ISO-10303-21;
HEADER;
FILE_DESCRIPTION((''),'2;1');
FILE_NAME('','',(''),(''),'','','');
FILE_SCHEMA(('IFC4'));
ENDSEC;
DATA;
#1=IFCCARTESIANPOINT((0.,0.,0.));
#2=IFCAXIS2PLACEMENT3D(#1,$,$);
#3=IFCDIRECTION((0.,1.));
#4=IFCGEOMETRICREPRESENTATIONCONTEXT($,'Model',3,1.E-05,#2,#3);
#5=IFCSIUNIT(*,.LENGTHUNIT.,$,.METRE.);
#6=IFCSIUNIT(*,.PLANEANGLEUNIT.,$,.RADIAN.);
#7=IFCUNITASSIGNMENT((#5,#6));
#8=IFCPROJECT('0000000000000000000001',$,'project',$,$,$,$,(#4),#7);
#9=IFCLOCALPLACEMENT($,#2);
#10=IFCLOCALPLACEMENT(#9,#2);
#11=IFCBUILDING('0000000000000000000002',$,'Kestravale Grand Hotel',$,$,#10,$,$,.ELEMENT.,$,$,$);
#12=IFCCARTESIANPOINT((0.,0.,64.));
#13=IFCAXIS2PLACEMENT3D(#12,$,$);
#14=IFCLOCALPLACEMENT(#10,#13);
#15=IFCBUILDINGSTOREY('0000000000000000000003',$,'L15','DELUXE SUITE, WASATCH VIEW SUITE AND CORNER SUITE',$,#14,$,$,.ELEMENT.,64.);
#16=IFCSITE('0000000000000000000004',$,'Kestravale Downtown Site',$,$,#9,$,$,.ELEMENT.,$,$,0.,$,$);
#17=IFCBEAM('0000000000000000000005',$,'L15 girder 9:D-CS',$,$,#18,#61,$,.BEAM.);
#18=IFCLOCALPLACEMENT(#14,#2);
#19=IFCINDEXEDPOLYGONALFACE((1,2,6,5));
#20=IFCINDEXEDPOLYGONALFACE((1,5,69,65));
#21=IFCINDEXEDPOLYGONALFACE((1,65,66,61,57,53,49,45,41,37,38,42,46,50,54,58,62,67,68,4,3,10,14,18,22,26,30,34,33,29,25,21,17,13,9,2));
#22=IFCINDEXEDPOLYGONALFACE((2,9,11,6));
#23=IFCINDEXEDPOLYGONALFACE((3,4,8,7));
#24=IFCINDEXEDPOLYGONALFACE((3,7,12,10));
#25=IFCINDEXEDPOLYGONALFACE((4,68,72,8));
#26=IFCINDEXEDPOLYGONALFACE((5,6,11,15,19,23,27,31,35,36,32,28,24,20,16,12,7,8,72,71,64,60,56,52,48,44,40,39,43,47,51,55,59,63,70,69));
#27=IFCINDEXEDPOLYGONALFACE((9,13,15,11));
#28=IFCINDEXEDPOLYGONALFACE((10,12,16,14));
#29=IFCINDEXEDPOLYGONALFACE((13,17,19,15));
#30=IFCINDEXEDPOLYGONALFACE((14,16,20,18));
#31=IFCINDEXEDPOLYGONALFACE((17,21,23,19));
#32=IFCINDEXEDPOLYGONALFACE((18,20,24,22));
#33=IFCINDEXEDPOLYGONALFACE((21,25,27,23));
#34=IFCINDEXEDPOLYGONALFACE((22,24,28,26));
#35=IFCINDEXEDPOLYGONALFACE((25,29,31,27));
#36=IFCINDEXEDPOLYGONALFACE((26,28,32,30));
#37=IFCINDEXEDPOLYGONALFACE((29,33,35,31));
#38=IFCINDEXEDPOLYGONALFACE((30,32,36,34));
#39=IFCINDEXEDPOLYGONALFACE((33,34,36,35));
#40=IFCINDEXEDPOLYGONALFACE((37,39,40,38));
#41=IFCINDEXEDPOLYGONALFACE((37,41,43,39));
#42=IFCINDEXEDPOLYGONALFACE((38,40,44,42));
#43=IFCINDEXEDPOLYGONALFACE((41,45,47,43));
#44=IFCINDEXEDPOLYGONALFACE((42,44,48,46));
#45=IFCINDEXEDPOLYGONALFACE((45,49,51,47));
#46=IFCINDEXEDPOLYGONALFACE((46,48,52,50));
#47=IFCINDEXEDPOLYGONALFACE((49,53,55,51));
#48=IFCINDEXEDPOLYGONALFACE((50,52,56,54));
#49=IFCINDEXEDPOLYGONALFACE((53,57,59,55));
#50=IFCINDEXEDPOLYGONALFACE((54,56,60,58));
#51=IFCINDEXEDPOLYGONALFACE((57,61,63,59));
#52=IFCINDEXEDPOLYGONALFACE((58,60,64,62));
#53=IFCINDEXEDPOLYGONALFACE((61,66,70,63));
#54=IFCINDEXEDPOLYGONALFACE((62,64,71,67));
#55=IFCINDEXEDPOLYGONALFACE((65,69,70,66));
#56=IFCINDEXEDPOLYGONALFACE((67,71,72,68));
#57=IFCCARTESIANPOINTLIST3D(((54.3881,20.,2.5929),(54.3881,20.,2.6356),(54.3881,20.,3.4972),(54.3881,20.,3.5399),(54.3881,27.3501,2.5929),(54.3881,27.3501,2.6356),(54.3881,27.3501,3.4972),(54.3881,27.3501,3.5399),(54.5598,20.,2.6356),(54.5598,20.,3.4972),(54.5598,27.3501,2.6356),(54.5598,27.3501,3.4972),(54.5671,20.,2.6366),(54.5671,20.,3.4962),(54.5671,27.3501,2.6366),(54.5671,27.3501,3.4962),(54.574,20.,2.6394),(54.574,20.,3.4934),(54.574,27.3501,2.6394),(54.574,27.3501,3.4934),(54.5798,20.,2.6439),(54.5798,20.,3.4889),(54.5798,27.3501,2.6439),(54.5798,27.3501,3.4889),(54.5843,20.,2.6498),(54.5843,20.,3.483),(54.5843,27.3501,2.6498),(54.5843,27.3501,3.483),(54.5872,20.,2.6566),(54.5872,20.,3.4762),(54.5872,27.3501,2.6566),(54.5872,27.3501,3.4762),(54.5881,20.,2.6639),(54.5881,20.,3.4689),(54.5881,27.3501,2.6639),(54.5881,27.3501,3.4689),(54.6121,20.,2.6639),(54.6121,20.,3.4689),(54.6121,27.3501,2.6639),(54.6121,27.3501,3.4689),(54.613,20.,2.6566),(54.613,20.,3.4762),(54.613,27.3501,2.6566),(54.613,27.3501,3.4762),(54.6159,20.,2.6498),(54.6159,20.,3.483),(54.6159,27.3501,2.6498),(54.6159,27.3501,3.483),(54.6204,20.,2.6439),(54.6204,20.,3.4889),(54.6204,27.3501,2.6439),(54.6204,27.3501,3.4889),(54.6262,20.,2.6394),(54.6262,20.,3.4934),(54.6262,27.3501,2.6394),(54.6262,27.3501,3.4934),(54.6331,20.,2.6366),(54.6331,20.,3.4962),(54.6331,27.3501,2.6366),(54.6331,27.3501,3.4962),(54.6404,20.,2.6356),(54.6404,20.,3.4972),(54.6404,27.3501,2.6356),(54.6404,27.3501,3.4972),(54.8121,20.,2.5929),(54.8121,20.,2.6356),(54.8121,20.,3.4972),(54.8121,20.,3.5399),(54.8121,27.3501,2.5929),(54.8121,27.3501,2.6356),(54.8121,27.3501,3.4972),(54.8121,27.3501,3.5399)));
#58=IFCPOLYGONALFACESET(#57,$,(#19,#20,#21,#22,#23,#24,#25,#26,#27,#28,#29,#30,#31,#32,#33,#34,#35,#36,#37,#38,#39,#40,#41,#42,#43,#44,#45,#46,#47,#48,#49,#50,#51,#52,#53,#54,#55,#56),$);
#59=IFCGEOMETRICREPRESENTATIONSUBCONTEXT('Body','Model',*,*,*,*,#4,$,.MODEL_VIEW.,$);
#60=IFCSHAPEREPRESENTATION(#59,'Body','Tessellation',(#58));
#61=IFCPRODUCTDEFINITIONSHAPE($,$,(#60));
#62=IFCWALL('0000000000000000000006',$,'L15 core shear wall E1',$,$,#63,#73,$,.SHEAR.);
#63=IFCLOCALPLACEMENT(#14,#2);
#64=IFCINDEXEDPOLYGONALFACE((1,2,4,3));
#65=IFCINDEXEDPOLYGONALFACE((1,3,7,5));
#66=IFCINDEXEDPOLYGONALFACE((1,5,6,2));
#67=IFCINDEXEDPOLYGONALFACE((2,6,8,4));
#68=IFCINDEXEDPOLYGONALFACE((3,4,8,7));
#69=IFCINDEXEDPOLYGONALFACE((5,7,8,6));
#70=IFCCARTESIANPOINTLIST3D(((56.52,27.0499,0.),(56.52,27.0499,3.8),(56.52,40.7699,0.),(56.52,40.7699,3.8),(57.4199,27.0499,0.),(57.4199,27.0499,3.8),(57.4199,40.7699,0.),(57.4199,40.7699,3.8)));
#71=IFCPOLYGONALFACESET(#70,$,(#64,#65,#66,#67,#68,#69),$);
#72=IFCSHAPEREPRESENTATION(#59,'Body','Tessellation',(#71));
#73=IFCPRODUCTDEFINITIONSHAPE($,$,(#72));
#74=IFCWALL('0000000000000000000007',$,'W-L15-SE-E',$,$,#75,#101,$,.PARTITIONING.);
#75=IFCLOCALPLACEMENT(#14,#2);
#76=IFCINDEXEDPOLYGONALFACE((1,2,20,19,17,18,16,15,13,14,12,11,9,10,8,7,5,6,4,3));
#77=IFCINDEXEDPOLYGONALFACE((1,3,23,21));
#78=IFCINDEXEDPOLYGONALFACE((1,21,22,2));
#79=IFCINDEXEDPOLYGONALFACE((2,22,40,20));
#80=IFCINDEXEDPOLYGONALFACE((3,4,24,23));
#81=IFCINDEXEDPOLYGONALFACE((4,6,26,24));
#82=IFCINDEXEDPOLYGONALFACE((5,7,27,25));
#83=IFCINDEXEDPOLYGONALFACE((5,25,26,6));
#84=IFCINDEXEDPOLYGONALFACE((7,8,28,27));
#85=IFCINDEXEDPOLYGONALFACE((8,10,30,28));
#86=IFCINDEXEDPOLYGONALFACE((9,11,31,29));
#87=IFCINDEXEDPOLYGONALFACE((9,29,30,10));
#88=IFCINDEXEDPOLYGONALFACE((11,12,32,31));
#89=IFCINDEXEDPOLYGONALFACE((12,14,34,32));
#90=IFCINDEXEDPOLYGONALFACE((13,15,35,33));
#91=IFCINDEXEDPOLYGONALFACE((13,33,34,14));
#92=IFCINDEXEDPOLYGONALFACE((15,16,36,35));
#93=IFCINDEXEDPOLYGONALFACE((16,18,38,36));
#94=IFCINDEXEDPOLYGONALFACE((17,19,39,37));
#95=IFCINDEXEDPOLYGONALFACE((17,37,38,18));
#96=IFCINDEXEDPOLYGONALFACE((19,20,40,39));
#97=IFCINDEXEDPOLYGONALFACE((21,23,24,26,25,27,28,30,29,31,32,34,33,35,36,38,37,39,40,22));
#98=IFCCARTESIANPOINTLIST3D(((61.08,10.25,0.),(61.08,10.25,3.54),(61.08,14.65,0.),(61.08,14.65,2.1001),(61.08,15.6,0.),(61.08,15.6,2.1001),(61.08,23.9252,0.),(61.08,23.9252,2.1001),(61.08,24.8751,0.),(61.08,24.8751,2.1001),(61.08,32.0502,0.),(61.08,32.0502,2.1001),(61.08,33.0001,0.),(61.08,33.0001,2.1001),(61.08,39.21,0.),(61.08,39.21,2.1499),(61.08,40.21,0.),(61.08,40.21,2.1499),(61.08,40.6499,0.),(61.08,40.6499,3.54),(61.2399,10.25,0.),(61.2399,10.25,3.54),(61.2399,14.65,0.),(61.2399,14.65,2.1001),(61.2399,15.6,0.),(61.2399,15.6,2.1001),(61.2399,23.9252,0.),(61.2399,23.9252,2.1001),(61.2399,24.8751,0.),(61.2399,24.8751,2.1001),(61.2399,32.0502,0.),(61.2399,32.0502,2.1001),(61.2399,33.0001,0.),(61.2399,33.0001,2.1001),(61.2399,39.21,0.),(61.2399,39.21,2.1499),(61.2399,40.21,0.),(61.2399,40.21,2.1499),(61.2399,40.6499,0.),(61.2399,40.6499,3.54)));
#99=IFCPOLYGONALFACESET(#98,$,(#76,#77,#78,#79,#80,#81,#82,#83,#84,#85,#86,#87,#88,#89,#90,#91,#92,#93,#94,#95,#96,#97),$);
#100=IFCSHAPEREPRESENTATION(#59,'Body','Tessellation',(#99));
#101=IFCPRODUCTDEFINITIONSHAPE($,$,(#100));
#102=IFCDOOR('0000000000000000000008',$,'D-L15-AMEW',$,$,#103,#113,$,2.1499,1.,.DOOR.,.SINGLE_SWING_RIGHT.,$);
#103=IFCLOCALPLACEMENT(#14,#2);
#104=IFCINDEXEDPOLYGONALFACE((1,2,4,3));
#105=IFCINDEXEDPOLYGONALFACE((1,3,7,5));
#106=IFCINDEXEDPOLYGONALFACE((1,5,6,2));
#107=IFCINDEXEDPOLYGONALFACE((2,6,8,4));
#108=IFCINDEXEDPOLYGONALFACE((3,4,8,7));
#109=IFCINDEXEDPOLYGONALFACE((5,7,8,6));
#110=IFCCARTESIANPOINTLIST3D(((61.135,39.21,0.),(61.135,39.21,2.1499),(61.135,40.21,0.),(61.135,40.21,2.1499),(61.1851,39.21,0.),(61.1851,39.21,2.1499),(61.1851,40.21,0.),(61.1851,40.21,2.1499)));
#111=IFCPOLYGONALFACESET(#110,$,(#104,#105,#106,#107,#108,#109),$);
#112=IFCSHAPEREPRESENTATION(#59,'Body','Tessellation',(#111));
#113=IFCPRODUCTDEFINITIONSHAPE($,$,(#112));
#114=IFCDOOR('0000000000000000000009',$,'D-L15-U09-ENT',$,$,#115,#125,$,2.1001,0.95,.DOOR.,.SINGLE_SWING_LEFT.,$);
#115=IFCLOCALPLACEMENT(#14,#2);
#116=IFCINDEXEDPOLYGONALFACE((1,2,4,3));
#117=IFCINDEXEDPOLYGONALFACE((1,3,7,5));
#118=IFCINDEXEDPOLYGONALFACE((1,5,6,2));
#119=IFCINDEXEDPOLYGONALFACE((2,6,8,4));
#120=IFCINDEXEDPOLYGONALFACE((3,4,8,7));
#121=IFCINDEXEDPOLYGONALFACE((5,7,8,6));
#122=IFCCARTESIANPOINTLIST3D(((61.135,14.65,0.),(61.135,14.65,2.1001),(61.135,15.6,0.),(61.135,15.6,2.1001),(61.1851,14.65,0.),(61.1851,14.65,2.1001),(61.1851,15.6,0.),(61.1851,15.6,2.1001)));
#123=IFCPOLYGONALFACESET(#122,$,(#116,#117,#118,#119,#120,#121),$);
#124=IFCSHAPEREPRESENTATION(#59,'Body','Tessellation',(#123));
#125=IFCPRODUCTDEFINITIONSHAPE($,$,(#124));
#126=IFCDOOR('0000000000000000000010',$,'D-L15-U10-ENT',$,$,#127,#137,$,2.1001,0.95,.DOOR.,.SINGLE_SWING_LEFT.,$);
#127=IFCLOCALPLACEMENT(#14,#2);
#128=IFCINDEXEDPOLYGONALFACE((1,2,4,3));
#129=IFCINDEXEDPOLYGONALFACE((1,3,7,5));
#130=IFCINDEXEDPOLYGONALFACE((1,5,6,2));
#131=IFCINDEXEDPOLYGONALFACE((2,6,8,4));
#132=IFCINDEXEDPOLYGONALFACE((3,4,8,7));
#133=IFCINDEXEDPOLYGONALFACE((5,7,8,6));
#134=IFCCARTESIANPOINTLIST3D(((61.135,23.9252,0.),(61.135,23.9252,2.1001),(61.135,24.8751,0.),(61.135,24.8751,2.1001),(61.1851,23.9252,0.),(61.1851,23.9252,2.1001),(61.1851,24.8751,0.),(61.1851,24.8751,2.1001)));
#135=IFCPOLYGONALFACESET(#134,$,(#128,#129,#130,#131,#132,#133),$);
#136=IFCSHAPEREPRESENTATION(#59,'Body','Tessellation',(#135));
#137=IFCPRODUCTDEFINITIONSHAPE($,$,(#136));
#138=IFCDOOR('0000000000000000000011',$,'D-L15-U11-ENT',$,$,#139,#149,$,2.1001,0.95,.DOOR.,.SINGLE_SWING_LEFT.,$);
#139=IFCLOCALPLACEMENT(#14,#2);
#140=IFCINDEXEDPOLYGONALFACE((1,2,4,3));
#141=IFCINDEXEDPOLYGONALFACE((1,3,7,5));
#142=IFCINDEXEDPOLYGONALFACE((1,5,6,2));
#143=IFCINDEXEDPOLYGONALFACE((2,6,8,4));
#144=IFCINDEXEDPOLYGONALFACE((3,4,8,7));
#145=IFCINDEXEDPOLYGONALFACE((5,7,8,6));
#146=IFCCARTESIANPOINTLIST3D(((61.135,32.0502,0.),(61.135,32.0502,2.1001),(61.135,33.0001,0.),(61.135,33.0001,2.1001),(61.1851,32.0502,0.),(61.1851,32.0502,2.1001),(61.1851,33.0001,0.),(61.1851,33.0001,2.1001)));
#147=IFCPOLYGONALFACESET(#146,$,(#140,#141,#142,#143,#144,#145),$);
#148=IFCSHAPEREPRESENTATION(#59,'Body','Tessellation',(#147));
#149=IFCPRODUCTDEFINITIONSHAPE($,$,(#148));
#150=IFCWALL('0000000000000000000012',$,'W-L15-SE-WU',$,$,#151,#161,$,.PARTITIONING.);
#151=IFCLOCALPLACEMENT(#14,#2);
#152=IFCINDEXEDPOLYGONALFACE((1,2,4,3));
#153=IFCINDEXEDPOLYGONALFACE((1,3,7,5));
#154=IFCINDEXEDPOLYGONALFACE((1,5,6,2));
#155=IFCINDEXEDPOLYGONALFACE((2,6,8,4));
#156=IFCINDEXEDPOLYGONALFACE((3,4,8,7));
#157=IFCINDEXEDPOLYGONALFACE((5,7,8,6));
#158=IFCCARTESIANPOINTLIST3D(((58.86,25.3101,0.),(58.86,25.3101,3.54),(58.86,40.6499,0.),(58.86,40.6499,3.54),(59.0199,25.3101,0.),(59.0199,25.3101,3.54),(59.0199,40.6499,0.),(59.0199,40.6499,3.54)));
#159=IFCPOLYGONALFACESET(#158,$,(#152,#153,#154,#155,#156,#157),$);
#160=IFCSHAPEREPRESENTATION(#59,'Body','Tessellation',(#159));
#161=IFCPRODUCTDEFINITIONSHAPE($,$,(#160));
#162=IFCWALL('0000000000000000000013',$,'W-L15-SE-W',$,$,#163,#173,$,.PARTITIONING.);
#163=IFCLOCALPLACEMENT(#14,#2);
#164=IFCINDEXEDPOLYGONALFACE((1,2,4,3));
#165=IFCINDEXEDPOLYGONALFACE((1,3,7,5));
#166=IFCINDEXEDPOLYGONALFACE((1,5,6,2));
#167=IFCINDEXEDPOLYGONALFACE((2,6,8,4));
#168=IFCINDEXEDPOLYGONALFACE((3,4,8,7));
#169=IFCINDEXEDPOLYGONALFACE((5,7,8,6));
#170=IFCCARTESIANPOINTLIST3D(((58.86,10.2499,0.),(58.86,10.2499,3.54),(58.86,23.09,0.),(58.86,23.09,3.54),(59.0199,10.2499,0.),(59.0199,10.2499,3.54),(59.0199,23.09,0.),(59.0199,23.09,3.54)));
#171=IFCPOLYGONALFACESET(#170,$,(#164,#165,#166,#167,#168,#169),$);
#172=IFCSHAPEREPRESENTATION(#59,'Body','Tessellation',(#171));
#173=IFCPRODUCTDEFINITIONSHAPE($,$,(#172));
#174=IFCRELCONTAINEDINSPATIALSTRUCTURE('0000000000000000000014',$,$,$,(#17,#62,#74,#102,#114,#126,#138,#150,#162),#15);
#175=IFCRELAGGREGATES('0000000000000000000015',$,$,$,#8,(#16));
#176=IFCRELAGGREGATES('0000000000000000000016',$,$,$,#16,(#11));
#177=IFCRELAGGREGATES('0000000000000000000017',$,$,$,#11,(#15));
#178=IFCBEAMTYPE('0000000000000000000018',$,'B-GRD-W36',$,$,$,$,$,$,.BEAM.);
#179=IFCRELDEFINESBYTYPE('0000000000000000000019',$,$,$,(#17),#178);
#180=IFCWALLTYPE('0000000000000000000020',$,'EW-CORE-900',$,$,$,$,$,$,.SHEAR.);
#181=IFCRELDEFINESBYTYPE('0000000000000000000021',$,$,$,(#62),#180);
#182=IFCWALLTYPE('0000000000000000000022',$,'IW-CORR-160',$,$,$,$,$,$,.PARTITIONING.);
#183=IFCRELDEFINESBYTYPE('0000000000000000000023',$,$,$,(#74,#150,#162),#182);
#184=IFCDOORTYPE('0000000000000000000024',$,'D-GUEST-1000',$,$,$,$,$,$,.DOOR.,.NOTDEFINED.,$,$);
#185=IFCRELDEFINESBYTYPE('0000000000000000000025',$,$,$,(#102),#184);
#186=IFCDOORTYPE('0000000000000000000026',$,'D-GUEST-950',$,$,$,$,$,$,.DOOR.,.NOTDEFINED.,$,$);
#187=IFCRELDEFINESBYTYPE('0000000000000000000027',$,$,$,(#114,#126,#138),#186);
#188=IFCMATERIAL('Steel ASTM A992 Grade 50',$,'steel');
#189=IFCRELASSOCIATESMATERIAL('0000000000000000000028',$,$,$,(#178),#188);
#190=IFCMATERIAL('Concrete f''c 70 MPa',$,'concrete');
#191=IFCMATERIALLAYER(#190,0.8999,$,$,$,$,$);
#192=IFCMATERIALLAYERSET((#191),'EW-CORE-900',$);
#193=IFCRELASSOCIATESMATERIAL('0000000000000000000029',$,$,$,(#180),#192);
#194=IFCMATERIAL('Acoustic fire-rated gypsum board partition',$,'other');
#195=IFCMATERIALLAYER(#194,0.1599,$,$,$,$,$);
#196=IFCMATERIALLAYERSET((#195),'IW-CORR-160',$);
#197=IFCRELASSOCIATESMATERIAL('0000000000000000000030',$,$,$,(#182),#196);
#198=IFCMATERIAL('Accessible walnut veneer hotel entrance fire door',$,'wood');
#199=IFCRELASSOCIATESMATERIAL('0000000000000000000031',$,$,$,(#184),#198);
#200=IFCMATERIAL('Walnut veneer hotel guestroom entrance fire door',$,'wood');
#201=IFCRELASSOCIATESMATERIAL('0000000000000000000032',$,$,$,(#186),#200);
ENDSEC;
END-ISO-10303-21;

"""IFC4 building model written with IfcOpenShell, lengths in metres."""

from ifc_helpers import new_model, si_unit, direction, frame, frame_2d, origin, origin_2d, place, context, subcontext, project, spatial, rectangle, i_section, extrude, material, layer, layer_set, material_profile, profile_set, type_object, element, fill, save


model = new_model("IFC4")

# Units and contexts
model_context = context("Model", 3, precision=1e-05, world=origin(), true_north=direction((0.0, 1.0)))
body_context = subcontext(model_context, "Body", "Model", "MODEL_VIEW")
ifc_project = project(units=[si_unit("LENGTHUNIT", "METRE"), si_unit("PLANEANGLEUNIT", "RADIAN")], contexts=[model_context])

# Site, building, storey
site_placement = place(None, origin())
site = spatial("IfcSite", under=ifc_project, at=site_placement, Name="Kestravale Downtown Site", CompositionType="ELEMENT", RefElevation=0.0)
building_placement = place(site_placement, origin())
building = spatial("IfcBuilding", under=site, at=building_placement, Name="Kestravale Grand Hotel", CompositionType="ELEMENT")
storey_placement = place(building_placement, frame((0.0, 0.0, 64.0)))
storey = spatial("IfcBuildingStorey", under=building, at=storey_placement, Name="L15", Description="DELUXE SUITE, WASATCH VIEW SUITE AND CORNER SUITE", CompositionType="ELEMENT", Elevation=64.0)

# Beam
ifc_material_1 = material(Name="Steel ASTM A992 Grade 50", Category="steel")
ifc_material_profile_1 = material_profile(ifc_material_1, i_section(OverallWidth=0.4241, OverallDepth=0.947, WebThickness=0.0239, FlangeThickness=0.0427, FilletRadius=0.0283, at=origin_2d()))
ifc_profile_set_1 = profile_set([ifc_material_profile_1], Name="Steel ASTM A992 Grade 50")
beam_type_1 = type_object("IfcBeamType", Name="B-GRD-W36", PredefinedType="BEAM", material=ifc_profile_set_1)
beam_1_placement = place(storey_placement, frame((54.6001, 20.0, 3.0664), z_axis=(0.0, 1.0, 0.0), x_axis=(-1.0, 0.0, 0.0)))
element("IfcBeam", 1, at=beam_1_placement, inside=storey, type_object=beam_type_1, Name="L15 girder 9:D-CS", PredefinedType="BEAM", context=body_context, shape_type="SweptSolid", body=[
    extrude(i_section(OverallWidth=0.4241, OverallDepth=0.947, WebThickness=0.0239, FlangeThickness=0.0427, FilletRadius=0.0283, at=origin_2d()), origin(), (0.0, 0.0, 1.0), 7.3501),
])

# Wall
ifc_material_2 = material(Name="Concrete f'c 70 MPa", Category="concrete")
ifc_layer_1 = layer(ifc_material_2, 0.8999)
ifc_layer_set_1 = layer_set([ifc_layer_1], Name="EW-CORE-900")
wall_type_1 = type_object("IfcWallType", Name="EW-CORE-900", PredefinedType="SHEAR", material=ifc_layer_set_1)
wall_1_placement = place(storey_placement, frame((56.97, 27.05, 0.0), z_axis=(0.0, 0.0, 1.0), x_axis=(0.0, 1.0, 0.0)))
element("IfcWall", 2, at=wall_1_placement, inside=storey, type_object=wall_type_1, Name="L15 core shear wall E1", PredefinedType="SHEAR", context=body_context, shape_type="SweptSolid", body=[
    extrude(rectangle(XDim=13.72, YDim=0.8999, at=frame_2d((6.8599, 0.0))), origin(), (0.0, 0.0, 1.0), 3.8),
])

# Wall, openings, doors
ifc_material_3 = material(Name="Acoustic fire-rated gypsum board partition", Category="other")
ifc_layer_2 = layer(ifc_material_3, 0.1599)
ifc_layer_set_2 = layer_set([ifc_layer_2], Name="IW-CORR-160")
wall_type_2 = type_object("IfcWallType", Name="IW-CORR-160", PredefinedType="PARTITIONING", material=ifc_layer_set_2)
wall_2_placement = place(storey_placement, frame((61.1599, 10.25, 0.0), z_axis=(0.0, 0.0, 1.0), x_axis=(0.0, 1.0, 0.0)))
wall_2 = element("IfcWall", 3, at=wall_2_placement, inside=storey, type_object=wall_type_2, Name="W-L15-SE-E", PredefinedType="PARTITIONING", context=body_context, shape_type="SweptSolid", body=[
    extrude(rectangle(XDim=30.3999, YDim=0.1599, at=frame_2d((15.2, 0.0))), origin(), (0.0, 0.0, 1.0), 3.54),
])
opening_1_placement = place(wall_2_placement, frame((4.3999, 0.0, 0.0)))
opening_1 = element("IfcOpeningElement", 4, at=opening_1_placement, cuts=wall_2, PredefinedType="OPENING", context=body_context, shape_type="SweptSolid", body=[
    extrude(rectangle(XDim=0.95, YDim=2.1001, at=frame_2d((0.4751, 1.05))), frame((0.0, 0.0898, 0.0), z_axis=(0.0, -1.0, 0.0), x_axis=(1.0, 0.0, 0.0)), (0.0, 0.0, 1.0), 0.1799),
])
opening_2_placement = place(wall_2_placement, frame((13.675, 0.0, 0.0)))
opening_2 = element("IfcOpeningElement", 5, at=opening_2_placement, cuts=wall_2, PredefinedType="OPENING", context=body_context, shape_type="SweptSolid", body=[
    extrude(rectangle(XDim=0.95, YDim=2.1001, at=frame_2d((0.4751, 1.05))), frame((0.0, 0.0898, 0.0), z_axis=(0.0, -1.0, 0.0), x_axis=(1.0, 0.0, 0.0)), (0.0, 0.0, 1.0), 0.1799),
])
opening_3_placement = place(wall_2_placement, frame((21.8, 0.0, 0.0)))
opening_3 = element("IfcOpeningElement", 6, at=opening_3_placement, cuts=wall_2, PredefinedType="OPENING", context=body_context, shape_type="SweptSolid", body=[
    extrude(rectangle(XDim=0.95, YDim=2.1001, at=frame_2d((0.4751, 1.05))), frame((0.0, 0.0898, 0.0), z_axis=(0.0, -1.0, 0.0), x_axis=(1.0, 0.0, 0.0)), (0.0, 0.0, 1.0), 0.1799),
])
opening_4_placement = place(wall_2_placement, frame((28.96, 0.0, 0.0)))
opening_4 = element("IfcOpeningElement", 7, at=opening_4_placement, cuts=wall_2, PredefinedType="OPENING", context=body_context, shape_type="SweptSolid", body=[
    extrude(rectangle(XDim=1.0, YDim=2.1499, at=frame_2d((0.5, 1.075))), frame((0.0, 0.0898, 0.0), z_axis=(0.0, -1.0, 0.0), x_axis=(1.0, 0.0, 0.0)), (0.0, 0.0, 1.0), 0.1799),
])
ifc_material_4 = material(Name="Accessible walnut veneer hotel entrance fire door", Category="wood")
door_type_1 = type_object("IfcDoorType", Name="D-GUEST-1000", OperationType="NOTDEFINED", PredefinedType="DOOR", material=ifc_material_4)
door_1_placement = place(opening_4_placement, origin())
door_1 = element("IfcDoor", 8, at=door_1_placement, inside=storey, type_object=door_type_1, Name="D-L15-AMEW", OperationType="SINGLE_SWING_RIGHT", OverallHeight=2.1499, OverallWidth=1.0, PredefinedType="DOOR", context=body_context, shape_type="SweptSolid", body=[
    extrude(rectangle(XDim=1.0, YDim=2.1499, at=frame_2d((0.5, 1.075))), frame((0.0, 0.0249, 0.0), z_axis=(0.0, -1.0, 0.0), x_axis=(1.0, 0.0, 0.0)), (0.0, 0.0, 1.0), 0.05),
])
fill(opening_4, door_1)
ifc_material_5 = material(Name="Walnut veneer hotel guestroom entrance fire door", Category="wood")
door_type_2 = type_object("IfcDoorType", Name="D-GUEST-950", OperationType="NOTDEFINED", PredefinedType="DOOR", material=ifc_material_5)
door_2_placement = place(opening_1_placement, origin())
door_2 = element("IfcDoor", 9, at=door_2_placement, inside=storey, type_object=door_type_2, Name="D-L15-U09-ENT", OperationType="SINGLE_SWING_LEFT", OverallHeight=2.1001, OverallWidth=0.95, PredefinedType="DOOR", context=body_context, shape_type="SweptSolid", body=[
    extrude(rectangle(XDim=0.95, YDim=2.1001, at=frame_2d((0.4751, 1.05))), frame((0.0, 0.0249, 0.0), z_axis=(0.0, -1.0, 0.0), x_axis=(1.0, 0.0, 0.0)), (0.0, 0.0, 1.0), 0.05),
])
fill(opening_1, door_2)
door_3_placement = place(opening_2_placement, origin())
door_3 = element("IfcDoor", 10, at=door_3_placement, inside=storey, type_object=door_type_2, Name="D-L15-U10-ENT", OperationType="SINGLE_SWING_LEFT", OverallHeight=2.1001, OverallWidth=0.95, PredefinedType="DOOR", context=body_context, shape_type="SweptSolid", body=[
    extrude(rectangle(XDim=0.95, YDim=2.1001, at=frame_2d((0.4751, 1.05))), frame((0.0, 0.0249, 0.0), z_axis=(0.0, -1.0, 0.0), x_axis=(1.0, 0.0, 0.0)), (0.0, 0.0, 1.0), 0.05),
])
fill(opening_2, door_3)
door_4_placement = place(opening_3_placement, origin())
door_4 = element("IfcDoor", 11, at=door_4_placement, inside=storey, type_object=door_type_2, Name="D-L15-U11-ENT", OperationType="SINGLE_SWING_LEFT", OverallHeight=2.1001, OverallWidth=0.95, PredefinedType="DOOR", context=body_context, shape_type="SweptSolid", body=[
    extrude(rectangle(XDim=0.95, YDim=2.1001, at=frame_2d((0.4751, 1.05))), frame((0.0, 0.0249, 0.0), z_axis=(0.0, -1.0, 0.0), x_axis=(1.0, 0.0, 0.0)), (0.0, 0.0, 1.0), 0.05),
])
fill(opening_3, door_4)

# Walls
wall_3_placement = place(storey_placement, frame((58.9399, 25.3101, 0.0), z_axis=(0.0, 0.0, 1.0), x_axis=(0.0, 1.0, 0.0)))
element("IfcWall", 12, at=wall_3_placement, inside=storey, type_object=wall_type_2, Name="W-L15-SE-WU", PredefinedType="PARTITIONING", context=body_context, shape_type="SweptSolid", body=[
    extrude(rectangle(XDim=15.3398, YDim=0.1599, at=frame_2d((7.6699, 0.0))), origin(), (0.0, 0.0, 1.0), 3.54),
])
wall_4_placement = place(storey_placement, frame((58.9399, 10.25, 0.0), z_axis=(0.0, 0.0, 1.0), x_axis=(0.0, 1.0, 0.0)))
element("IfcWall", 13, at=wall_4_placement, inside=storey, type_object=wall_type_2, Name="W-L15-SE-W", PredefinedType="PARTITIONING", context=body_context, shape_type="SweptSolid", body=[
    extrude(rectangle(XDim=12.8401, YDim=0.1599, at=frame_2d((6.4199, 0.0))), origin(), (0.0, 0.0, 1.0), 3.54),
])

save(model, "model.ifc")
